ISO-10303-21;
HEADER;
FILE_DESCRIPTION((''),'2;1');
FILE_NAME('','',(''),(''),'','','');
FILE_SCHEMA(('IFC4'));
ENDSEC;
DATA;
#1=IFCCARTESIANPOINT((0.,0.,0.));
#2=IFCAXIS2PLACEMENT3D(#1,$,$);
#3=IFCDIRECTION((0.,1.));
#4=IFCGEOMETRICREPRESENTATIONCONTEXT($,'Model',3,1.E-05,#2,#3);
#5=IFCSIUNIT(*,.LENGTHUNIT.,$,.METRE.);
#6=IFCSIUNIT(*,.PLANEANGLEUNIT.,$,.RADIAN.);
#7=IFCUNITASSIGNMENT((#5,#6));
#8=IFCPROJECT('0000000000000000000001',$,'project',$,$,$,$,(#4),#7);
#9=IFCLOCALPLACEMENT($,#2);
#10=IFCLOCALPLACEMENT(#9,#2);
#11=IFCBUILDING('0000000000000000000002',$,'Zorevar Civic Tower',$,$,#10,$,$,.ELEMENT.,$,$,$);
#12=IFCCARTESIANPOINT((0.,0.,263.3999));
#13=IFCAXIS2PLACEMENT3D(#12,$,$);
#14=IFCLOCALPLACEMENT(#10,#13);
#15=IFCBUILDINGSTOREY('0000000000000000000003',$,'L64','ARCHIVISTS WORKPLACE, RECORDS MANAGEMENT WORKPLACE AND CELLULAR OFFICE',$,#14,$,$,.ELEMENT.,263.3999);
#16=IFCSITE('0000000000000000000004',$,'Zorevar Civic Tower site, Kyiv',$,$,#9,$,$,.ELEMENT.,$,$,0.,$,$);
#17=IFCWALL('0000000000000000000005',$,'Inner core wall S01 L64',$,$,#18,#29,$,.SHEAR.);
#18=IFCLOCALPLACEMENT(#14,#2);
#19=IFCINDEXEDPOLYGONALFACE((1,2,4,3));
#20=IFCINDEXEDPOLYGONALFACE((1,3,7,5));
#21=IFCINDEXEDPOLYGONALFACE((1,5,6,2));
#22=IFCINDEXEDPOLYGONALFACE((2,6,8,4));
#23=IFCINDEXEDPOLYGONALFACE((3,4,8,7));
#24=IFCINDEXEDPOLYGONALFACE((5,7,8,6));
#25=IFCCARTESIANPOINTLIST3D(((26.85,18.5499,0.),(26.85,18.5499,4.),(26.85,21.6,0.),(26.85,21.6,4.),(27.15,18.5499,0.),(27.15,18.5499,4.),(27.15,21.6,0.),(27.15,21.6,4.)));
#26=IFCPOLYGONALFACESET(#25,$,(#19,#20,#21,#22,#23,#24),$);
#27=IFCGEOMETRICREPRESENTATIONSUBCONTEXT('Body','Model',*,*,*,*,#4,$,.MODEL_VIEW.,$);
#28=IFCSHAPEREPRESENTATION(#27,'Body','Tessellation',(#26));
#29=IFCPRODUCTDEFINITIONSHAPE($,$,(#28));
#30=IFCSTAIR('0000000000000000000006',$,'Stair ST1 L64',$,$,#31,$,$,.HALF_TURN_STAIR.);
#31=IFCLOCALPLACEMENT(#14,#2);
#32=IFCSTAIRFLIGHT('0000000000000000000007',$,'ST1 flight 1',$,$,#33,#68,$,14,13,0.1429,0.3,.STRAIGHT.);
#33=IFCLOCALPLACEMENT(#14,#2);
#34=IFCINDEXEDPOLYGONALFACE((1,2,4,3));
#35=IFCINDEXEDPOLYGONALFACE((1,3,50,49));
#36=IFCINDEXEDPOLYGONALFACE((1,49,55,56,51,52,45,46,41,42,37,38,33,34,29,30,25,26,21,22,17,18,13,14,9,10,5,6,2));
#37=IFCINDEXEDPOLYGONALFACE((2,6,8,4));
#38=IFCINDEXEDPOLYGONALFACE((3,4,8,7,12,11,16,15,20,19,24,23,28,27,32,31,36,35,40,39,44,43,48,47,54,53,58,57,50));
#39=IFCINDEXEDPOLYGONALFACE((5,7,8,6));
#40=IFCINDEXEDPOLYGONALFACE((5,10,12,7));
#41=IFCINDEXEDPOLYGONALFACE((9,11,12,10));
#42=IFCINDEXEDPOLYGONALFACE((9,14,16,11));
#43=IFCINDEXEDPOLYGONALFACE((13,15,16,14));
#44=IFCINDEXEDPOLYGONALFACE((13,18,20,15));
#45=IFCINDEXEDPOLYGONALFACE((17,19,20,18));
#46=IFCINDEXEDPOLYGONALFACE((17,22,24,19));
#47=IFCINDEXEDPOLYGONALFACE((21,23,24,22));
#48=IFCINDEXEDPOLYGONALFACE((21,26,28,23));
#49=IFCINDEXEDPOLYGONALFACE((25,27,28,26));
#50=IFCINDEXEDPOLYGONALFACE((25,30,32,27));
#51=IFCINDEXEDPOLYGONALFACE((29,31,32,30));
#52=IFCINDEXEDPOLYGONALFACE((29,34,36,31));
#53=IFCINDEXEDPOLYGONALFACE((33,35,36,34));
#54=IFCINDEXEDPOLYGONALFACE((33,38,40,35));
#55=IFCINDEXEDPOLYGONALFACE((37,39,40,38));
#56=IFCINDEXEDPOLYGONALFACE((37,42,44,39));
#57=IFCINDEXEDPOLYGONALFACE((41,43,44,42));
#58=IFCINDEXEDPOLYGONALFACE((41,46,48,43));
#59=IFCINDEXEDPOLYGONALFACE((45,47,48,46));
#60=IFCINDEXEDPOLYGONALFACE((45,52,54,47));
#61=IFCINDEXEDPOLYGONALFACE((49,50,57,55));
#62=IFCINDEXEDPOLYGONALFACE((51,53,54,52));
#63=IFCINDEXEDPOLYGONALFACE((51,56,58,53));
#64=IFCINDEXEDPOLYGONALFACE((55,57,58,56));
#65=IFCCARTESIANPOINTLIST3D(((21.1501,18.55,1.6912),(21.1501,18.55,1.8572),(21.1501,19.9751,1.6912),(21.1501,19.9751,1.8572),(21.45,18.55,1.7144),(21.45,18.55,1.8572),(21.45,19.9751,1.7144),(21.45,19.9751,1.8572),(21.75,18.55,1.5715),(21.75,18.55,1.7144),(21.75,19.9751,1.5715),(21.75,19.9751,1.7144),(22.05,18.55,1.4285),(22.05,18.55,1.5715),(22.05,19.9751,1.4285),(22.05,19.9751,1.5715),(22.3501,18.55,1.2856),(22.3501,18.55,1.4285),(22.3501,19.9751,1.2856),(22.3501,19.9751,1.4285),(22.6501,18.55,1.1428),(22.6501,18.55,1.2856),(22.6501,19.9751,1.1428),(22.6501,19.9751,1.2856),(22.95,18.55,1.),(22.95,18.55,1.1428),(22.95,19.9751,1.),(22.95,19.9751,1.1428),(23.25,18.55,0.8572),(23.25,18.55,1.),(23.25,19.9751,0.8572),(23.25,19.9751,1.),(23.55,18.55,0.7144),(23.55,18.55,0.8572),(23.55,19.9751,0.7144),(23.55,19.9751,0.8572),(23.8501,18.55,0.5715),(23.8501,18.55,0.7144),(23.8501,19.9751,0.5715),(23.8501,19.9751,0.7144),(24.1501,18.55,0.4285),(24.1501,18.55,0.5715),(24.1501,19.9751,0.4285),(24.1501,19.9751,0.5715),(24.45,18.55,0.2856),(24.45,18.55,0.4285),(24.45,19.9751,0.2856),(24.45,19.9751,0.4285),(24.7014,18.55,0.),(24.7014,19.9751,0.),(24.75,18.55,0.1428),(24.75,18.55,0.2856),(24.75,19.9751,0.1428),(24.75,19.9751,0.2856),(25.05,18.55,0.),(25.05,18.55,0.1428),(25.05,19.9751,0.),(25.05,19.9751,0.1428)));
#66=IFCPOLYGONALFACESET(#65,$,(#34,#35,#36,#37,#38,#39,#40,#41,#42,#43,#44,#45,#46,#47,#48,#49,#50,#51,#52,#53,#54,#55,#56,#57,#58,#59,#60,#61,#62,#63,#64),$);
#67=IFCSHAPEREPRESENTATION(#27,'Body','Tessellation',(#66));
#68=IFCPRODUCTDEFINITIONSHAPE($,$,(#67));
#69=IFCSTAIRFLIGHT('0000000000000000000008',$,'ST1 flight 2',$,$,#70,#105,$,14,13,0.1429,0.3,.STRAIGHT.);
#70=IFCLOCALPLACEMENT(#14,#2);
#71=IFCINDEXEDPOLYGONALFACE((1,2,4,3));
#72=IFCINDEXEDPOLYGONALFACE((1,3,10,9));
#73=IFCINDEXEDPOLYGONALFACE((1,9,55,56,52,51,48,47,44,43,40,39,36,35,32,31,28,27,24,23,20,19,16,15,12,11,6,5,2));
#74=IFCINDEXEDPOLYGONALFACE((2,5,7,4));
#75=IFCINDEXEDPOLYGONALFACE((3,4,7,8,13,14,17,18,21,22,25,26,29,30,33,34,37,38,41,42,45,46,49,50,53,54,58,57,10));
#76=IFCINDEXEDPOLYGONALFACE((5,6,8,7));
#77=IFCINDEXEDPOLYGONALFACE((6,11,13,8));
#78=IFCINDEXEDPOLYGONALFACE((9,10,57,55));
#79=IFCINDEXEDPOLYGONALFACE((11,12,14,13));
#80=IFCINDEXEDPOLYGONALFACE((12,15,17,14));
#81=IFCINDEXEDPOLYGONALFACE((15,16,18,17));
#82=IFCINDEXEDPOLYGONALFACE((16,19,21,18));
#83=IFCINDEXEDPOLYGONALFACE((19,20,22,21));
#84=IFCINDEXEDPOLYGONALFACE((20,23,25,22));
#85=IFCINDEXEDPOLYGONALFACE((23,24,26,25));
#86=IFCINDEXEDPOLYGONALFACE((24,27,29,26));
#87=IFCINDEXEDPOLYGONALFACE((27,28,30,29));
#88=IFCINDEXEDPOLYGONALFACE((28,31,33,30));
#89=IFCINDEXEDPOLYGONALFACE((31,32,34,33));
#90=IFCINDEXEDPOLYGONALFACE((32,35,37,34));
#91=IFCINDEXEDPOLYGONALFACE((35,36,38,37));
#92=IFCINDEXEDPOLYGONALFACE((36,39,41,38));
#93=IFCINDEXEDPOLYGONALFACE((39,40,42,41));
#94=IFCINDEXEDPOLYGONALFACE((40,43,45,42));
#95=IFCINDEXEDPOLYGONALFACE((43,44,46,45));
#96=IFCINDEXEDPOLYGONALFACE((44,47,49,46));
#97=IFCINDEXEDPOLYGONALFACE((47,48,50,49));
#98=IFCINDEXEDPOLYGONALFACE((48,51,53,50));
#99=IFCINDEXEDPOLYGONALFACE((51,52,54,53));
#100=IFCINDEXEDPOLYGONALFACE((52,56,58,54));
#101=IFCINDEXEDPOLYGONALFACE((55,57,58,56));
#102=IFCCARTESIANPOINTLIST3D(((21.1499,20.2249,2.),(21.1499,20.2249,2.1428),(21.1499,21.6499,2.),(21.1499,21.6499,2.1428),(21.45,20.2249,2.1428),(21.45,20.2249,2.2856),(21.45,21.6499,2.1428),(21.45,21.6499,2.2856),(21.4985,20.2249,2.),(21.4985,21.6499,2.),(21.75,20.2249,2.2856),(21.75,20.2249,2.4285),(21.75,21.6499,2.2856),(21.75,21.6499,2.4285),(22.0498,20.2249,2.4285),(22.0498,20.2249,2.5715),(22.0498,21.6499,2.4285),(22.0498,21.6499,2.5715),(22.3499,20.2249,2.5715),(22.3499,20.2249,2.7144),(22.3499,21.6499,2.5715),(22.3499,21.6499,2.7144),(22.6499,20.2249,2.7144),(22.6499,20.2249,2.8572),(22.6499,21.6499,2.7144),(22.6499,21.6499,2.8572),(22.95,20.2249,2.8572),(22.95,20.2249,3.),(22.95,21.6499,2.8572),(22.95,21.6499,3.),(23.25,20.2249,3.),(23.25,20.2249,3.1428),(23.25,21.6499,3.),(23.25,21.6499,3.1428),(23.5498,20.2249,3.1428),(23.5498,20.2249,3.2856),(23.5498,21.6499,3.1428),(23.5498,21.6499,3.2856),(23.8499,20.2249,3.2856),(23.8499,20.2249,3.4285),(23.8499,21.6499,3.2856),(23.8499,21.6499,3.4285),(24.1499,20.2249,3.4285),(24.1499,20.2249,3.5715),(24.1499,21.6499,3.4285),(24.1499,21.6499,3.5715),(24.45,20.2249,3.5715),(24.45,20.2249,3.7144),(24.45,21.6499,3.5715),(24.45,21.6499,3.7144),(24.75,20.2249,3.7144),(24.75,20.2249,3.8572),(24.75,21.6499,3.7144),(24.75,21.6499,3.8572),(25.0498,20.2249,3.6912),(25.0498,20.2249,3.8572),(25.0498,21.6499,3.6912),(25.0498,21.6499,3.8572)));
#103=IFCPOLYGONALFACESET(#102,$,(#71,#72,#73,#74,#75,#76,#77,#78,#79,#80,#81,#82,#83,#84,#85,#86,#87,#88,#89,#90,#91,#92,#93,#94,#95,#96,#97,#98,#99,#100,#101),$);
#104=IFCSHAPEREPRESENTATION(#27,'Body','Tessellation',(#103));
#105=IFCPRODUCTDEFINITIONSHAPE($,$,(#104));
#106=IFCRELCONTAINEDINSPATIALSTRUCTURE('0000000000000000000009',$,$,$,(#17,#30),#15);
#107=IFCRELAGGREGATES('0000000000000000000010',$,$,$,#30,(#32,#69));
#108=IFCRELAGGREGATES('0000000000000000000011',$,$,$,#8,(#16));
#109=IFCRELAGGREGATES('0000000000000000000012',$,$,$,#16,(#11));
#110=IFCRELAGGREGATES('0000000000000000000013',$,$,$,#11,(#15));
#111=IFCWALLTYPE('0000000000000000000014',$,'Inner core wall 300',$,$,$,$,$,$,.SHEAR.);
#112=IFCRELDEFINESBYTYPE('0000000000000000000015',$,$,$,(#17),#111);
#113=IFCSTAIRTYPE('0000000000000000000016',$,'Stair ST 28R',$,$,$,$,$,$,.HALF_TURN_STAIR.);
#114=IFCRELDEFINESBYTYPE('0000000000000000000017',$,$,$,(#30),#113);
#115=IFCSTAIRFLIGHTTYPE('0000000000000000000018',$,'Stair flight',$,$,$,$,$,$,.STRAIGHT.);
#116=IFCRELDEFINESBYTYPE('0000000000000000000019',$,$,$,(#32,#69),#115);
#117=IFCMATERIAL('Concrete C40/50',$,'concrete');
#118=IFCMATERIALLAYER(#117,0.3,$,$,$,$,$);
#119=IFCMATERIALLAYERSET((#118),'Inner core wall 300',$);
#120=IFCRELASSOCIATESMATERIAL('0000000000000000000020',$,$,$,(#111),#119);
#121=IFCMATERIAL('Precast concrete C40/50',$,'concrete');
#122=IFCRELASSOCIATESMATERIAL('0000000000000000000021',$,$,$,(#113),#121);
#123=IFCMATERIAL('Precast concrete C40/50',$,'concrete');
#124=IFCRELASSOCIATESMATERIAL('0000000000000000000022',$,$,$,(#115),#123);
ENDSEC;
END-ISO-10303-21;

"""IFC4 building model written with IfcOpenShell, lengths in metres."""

from ifc_helpers import new_model, si_unit, direction, frame, frame_2d, origin, place, context, subcontext, project, spatial, polyline, rectangle, outline, extrude, material, layer, layer_set, type_object, element, aggregate, save


model = new_model("IFC4")

# Units and contexts
model_context = context("Model", 3, precision=1e-05, world=origin(), true_north=direction((0.0, 1.0)))
body_context = subcontext(model_context, "Body", "Model", "MODEL_VIEW")
ifc_project = project(units=[si_unit("LENGTHUNIT", "METRE"), si_unit("PLANEANGLEUNIT", "RADIAN")], contexts=[model_context])

# Site, building, storey
site_placement = place(None, origin())
site = spatial("IfcSite", under=ifc_project, at=site_placement, Name="Zorevar Civic Tower site, Kyiv", CompositionType="ELEMENT", RefElevation=0.0)
building_placement = place(site_placement, origin())
building = spatial("IfcBuilding", under=site, at=building_placement, Name="Zorevar Civic Tower", CompositionType="ELEMENT")
storey_placement = place(building_placement, frame((0.0, 0.0, 263.3999)))
storey = spatial("IfcBuildingStorey", under=building, at=storey_placement, Name="L64", Description="ARCHIVISTS WORKPLACE, RECORDS MANAGEMENT WORKPLACE AND CELLULAR OFFICE", CompositionType="ELEMENT", Elevation=263.3999)

# Wall
ifc_material_1 = material(Name="Concrete C40/50", Category="concrete")
ifc_layer = layer(ifc_material_1, 0.3)
ifc_layer_set = layer_set([ifc_layer], Name="Inner core wall 300")
wall_type = type_object("IfcWallType", Name="Inner core wall 300", PredefinedType="SHEAR", material=ifc_layer_set)
wall_placement = place(storey_placement, frame((27.0, 18.55, 0.0), z_axis=(0.0, 0.0, 1.0), x_axis=(0.0, 1.0, 0.0)))
element("IfcWall", 1, at=wall_placement, inside=storey, type_object=wall_type, Name="Inner core wall S01 L64", PredefinedType="SHEAR", context=body_context, shape_type="SweptSolid", body=[
    extrude(rectangle(XDim=3.05, YDim=0.3, at=frame_2d((1.5249, 0.0))), origin(), (0.0, 0.0, 1.0), 4.0),
])

# Stair, stair flights
ifc_material_2 = material(Name="Precast concrete C40/50", Category="concrete")
stair_type = type_object("IfcStairType", Name="Stair ST 28R", PredefinedType="HALF_TURN_STAIR", material=ifc_material_2)
stair_placement = place(storey_placement, origin())
stair = element("IfcStair", 2, at=stair_placement, inside=storey, type_object=stair_type, Name="Stair ST1 L64", PredefinedType="HALF_TURN_STAIR")
ifc_material_3 = material(Name="Precast concrete C40/50", Category="concrete")
stair_flight_type = type_object("IfcStairFlightType", Name="Stair flight", PredefinedType="STRAIGHT", material=ifc_material_3)
stair_flight_1_placement = place(storey_placement, frame((25.05, 19.2625, 0.0), z_axis=(0.0, 0.0, 1.0), x_axis=(-1.0, 0.0, 0.0)))
stair_flight_1 = element("IfcStairFlight", 3, at=stair_flight_1_placement, type_object=stair_flight_type, Name="ST1 flight 1", NumberOfRisers=14, NumberOfTreads=13, PredefinedType="STRAIGHT", RiserHeight=0.1429, TreadLength=0.3, context=body_context, shape_type="SweptSolid", body=[
    extrude(outline(polyline([(0.0, 0.0), (0.0, 0.1428), (0.3, 0.1428), (0.3, 0.2856), (0.6001, 0.2856), (0.6001, 0.4285), (0.8999, 0.4285), (0.8999, 0.5715), (1.2, 0.5715), (1.2, 0.7144), (1.5, 0.7144), (1.5, 0.8572), (1.8, 0.8572), (1.8, 1.0), (2.1001, 1.0), (2.1001, 1.1428), (2.3999, 1.1428), (2.3999, 1.2856), (2.7, 1.2856), (2.7, 1.4285), (3.0, 1.4285), (3.0, 1.5715), (3.3, 1.5715), (3.3, 1.7144), (3.6001, 1.7144), (3.6001, 1.8572), (3.8999, 1.8572), (3.8999, 2.0), (3.8999, 1.6912), (0.3486, 0.0), (0.0, 0.0)])), frame((0.0, 0.7124, 0.0), z_axis=(0.0, -1.0, 0.0), x_axis=(1.0, 0.0, 0.0)), (0.0, 0.0, 1.0), 1.425),
])
stair_flight_2_placement = place(storey_placement, frame((21.1499, 20.9375, 2.0), z_axis=(0.0, 0.0, 1.0), x_axis=(1.0, 0.0, 0.0)))
stair_flight_2 = element("IfcStairFlight", 4, at=stair_flight_2_placement, type_object=stair_flight_type, Name="ST1 flight 2", NumberOfRisers=14, NumberOfTreads=13, PredefinedType="STRAIGHT", RiserHeight=0.1429, TreadLength=0.3, context=body_context, shape_type="SweptSolid", body=[
    extrude(outline(polyline([(0.0, 0.0), (0.0, 0.1428), (0.3, 0.1428), (0.3, 0.2856), (0.6001, 0.2856), (0.6001, 0.4285), (0.8999, 0.4285), (0.8999, 0.5715), (1.2, 0.5715), (1.2, 0.7144), (1.5, 0.7144), (1.5, 0.8572), (1.8, 0.8572), (1.8, 1.0), (2.1001, 1.0), (2.1001, 1.1428), (2.3999, 1.1428), (2.3999, 1.2856), (2.7, 1.2856), (2.7, 1.4285), (3.0, 1.4285), (3.0, 1.5715), (3.3, 1.5715), (3.3, 1.7144), (3.6001, 1.7144), (3.6001, 1.8572), (3.8999, 1.8572), (3.8999, 2.0), (3.8999, 1.6912), (0.3486, 0.0), (0.0, 0.0)])), frame((0.0, 0.7124, 0.0), z_axis=(0.0, -1.0, 0.0), x_axis=(1.0, 0.0, 0.0)), (0.0, 0.0, 1.0), 1.425),
])
aggregate(stair, [stair_flight_1, stair_flight_2])

save(model, "model.ifc")
